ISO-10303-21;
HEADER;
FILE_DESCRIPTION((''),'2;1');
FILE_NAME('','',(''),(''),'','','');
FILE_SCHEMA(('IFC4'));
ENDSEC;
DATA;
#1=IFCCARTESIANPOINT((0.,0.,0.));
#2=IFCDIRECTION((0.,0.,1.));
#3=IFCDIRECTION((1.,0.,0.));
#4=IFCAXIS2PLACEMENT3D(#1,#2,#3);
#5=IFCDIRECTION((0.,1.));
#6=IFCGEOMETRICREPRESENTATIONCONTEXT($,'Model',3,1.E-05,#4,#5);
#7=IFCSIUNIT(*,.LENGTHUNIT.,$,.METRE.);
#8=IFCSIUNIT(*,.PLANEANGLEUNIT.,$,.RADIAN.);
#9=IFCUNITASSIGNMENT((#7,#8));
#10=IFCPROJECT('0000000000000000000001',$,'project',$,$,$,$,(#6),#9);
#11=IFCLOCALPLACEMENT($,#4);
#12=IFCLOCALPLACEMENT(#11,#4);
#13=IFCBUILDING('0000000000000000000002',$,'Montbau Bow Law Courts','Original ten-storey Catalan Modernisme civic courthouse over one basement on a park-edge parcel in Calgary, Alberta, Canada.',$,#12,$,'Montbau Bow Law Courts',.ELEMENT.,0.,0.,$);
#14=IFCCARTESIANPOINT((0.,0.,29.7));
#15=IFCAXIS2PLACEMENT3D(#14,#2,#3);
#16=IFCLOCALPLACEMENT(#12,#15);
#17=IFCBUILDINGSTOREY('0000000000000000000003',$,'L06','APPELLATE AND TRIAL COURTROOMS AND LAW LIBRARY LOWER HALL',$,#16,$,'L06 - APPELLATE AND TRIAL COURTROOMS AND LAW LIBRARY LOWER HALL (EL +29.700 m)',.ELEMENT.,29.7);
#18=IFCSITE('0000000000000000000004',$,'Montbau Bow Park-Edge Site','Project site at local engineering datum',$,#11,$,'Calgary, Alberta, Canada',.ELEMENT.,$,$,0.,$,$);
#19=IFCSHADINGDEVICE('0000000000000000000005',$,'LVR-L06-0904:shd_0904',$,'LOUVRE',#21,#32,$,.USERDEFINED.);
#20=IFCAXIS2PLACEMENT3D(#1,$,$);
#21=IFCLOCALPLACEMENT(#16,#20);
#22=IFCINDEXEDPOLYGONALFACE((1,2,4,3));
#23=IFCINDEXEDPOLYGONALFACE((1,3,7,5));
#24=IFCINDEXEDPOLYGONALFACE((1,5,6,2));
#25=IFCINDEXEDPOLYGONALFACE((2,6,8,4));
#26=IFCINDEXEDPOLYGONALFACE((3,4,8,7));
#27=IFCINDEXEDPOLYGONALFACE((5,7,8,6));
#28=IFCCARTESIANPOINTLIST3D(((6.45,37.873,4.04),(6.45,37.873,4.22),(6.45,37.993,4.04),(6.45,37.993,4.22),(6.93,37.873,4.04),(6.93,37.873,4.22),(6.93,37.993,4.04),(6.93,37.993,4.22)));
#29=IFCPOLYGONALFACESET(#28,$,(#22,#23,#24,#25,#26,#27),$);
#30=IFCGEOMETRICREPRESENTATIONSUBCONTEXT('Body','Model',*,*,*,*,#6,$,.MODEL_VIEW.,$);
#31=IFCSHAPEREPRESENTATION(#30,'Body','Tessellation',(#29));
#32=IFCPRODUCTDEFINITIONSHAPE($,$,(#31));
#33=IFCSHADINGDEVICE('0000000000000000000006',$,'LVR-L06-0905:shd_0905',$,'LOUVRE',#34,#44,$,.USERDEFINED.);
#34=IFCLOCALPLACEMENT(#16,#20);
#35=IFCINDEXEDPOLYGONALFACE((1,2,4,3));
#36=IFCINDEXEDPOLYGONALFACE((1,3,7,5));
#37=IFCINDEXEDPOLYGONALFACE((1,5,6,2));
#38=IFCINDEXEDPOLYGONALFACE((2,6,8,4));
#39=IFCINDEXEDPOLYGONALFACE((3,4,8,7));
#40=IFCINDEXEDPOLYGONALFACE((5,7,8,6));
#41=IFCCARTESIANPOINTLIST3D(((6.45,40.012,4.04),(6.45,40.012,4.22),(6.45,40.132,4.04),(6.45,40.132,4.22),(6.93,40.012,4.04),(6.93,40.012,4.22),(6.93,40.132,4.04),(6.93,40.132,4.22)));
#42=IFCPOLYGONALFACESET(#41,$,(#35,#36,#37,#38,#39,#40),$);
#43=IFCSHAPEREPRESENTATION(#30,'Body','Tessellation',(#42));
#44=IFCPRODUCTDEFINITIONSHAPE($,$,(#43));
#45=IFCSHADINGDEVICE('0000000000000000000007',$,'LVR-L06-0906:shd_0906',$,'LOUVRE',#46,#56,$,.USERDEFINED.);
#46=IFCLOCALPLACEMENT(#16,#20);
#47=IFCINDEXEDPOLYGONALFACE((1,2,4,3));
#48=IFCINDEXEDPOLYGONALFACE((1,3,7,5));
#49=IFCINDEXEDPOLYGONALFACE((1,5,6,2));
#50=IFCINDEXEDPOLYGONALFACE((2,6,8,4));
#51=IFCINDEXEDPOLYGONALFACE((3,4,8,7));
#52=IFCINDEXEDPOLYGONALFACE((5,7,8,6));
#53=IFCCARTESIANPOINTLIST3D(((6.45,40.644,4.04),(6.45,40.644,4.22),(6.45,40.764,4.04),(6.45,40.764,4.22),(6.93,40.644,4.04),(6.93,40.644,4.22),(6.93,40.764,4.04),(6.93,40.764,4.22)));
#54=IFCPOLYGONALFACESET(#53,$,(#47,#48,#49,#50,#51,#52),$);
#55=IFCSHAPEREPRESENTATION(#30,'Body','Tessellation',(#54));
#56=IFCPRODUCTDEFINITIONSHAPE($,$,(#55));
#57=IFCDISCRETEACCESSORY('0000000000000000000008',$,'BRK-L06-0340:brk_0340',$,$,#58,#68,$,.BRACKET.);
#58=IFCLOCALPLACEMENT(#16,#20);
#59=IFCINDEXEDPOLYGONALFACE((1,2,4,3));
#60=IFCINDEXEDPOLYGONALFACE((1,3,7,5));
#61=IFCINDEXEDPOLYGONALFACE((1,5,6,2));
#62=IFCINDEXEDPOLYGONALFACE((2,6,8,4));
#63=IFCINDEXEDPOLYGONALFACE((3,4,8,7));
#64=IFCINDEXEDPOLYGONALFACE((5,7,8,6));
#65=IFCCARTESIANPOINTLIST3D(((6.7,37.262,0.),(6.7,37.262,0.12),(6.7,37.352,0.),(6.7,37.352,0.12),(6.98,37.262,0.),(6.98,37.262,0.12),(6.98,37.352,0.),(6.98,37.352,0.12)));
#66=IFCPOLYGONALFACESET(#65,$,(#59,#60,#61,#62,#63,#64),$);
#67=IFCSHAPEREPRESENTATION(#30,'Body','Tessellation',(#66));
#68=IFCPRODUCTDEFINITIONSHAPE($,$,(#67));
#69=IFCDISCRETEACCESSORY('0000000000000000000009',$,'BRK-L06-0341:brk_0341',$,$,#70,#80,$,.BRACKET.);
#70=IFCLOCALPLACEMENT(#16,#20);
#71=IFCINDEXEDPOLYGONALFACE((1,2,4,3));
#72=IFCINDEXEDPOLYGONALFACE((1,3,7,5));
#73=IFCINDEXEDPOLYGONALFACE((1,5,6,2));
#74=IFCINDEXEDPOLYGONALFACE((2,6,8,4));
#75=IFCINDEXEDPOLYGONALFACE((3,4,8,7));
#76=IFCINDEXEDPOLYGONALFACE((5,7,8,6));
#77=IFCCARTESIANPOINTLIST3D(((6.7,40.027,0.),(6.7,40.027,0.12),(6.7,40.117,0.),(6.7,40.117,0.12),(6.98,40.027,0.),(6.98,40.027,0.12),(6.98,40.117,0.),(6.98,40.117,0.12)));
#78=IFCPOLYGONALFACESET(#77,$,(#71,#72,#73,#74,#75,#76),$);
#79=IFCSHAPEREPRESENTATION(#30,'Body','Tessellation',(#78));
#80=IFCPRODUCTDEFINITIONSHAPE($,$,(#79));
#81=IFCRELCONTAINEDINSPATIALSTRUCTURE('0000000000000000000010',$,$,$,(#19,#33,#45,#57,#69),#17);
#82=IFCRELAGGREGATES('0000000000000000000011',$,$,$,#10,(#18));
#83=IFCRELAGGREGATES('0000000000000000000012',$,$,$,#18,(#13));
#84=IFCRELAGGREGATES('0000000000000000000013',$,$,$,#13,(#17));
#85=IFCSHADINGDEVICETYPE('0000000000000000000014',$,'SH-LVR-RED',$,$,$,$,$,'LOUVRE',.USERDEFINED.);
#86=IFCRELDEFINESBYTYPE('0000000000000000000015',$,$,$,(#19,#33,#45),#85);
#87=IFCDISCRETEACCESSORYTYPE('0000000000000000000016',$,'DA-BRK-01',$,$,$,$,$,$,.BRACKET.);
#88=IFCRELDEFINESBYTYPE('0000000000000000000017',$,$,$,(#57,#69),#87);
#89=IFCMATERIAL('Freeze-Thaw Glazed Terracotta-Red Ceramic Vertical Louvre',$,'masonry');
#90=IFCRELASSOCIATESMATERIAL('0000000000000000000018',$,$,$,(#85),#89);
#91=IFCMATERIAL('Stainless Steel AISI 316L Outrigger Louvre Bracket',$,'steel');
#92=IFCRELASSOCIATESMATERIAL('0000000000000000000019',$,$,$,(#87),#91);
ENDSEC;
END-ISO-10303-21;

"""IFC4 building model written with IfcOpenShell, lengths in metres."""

from ifc_helpers import new_model, si_unit, direction, frame, origin_with_axes, origin_2d_with_axis, place, context, subcontext, project, spatial, rectangle, extrude, material, type_object, element, save


model = new_model("IFC4")

# Units and contexts
model_context = context("Model", 3, precision=1e-05, world=origin_with_axes(), true_north=direction((0.0, 1.0)))
body_context = subcontext(model_context, "Body", "Model", "MODEL_VIEW")
ifc_project = project(units=[si_unit("LENGTHUNIT", "METRE"), si_unit("PLANEANGLEUNIT", "RADIAN")], contexts=[model_context])

# Site, building, storey
site_placement = place(None, origin_with_axes())
site = spatial("IfcSite", under=ifc_project, at=site_placement, Name="Montbau Bow Park-Edge Site", Description="Project site at local engineering datum", LongName="Calgary, Alberta, Canada", CompositionType="ELEMENT", RefElevation=0.0)
building_placement = place(site_placement, origin_with_axes())
building = spatial("IfcBuilding", under=site, at=building_placement, Name="Montbau Bow Law Courts", Description="Original ten-storey Catalan Modernisme civic courthouse over one basement on a park-edge parcel in Calgary, Alberta, Canada.", LongName="Montbau Bow Law Courts", CompositionType="ELEMENT", ElevationOfRefHeight=0.0, ElevationOfTerrain=0.0)
storey_placement = place(building_placement, frame((0.0, 0.0, 29.7), z_axis=(0.0, 0.0, 1.0), x_axis=(1.0, 0.0, 0.0)))
storey = spatial("IfcBuildingStorey", under=building, at=storey_placement, Name="L06", Description="APPELLATE AND TRIAL COURTROOMS AND LAW LIBRARY LOWER HALL", LongName="L06 - APPELLATE AND TRIAL COURTROOMS AND LAW LIBRARY LOWER HALL (EL +29.700 m)", CompositionType="ELEMENT", Elevation=29.7)

# Shared definitions
ifc_material_1 = material(Name="Freeze-Thaw Glazed Terracotta-Red Ceramic Vertical Louvre", Category="masonry")

# Shading devices
shading_device_type = type_object("IfcShadingDeviceType", Name="SH-LVR-RED", ElementType="LOUVRE", PredefinedType="USERDEFINED", material=ifc_material_1)
for number, where, z_axis, x_axis, name in (
    (1, (6.69, 37.933, 33.74), (0.0, 0.0, 1.0), (-1.0, 0.0, 0.0), "LVR-L06-0904:shd_0904"),
    (2, (6.69, 40.072, 33.74), (0.0, 0.0, 1.0), (-1.0, 0.0, 0.0), "LVR-L06-0905:shd_0905"),
    (3, (6.69, 40.704, 33.74), (0.0, 0.0, 1.0), (-1.0, 0.0, 0.0), "LVR-L06-0906:shd_0906"),
):
    element("IfcShadingDevice", number, at=place(None, frame(where, z_axis=z_axis, x_axis=x_axis)), inside=storey, type_object=shading_device_type, Name=name, ObjectType="LOUVRE", PredefinedType="USERDEFINED", context=body_context, shape_type="SweptSolid", body=[
        extrude(rectangle(XDim=0.48, YDim=0.12, at=origin_2d_with_axis()), origin_with_axes(), (0.0, 0.0, 1.0), 0.18),
    ])

# Discrete accessories
ifc_material_2 = material(Name="Stainless Steel AISI 316L Outrigger Louvre Bracket", Category="steel")
discrete_accessory_type = type_object("IfcDiscreteAccessoryType", Name="DA-BRK-01", PredefinedType="BRACKET", material=ifc_material_2)
for number, where, z_axis, x_axis, name in (
    (4, (6.84, 37.307, 29.7), (0.0, 0.0, 1.0), (-1.0, 0.0, 0.0), "BRK-L06-0340:brk_0340"),
    (5, (6.84, 40.072, 29.7), (0.0, 0.0, 1.0), (-1.0, 0.0, 0.0), "BRK-L06-0341:brk_0341"),
):
    element("IfcDiscreteAccessory", number, at=place(None, frame(where, z_axis=z_axis, x_axis=x_axis)), inside=storey, type_object=discrete_accessory_type, Name=name, PredefinedType="BRACKET", context=body_context, shape_type="SweptSolid", body=[
        extrude(rectangle(XDim=0.28, YDim=0.09, at=origin_2d_with_axis()), origin_with_axes(), (0.0, 0.0, 1.0), 0.12),
    ])

save(model, "model.ifc")
